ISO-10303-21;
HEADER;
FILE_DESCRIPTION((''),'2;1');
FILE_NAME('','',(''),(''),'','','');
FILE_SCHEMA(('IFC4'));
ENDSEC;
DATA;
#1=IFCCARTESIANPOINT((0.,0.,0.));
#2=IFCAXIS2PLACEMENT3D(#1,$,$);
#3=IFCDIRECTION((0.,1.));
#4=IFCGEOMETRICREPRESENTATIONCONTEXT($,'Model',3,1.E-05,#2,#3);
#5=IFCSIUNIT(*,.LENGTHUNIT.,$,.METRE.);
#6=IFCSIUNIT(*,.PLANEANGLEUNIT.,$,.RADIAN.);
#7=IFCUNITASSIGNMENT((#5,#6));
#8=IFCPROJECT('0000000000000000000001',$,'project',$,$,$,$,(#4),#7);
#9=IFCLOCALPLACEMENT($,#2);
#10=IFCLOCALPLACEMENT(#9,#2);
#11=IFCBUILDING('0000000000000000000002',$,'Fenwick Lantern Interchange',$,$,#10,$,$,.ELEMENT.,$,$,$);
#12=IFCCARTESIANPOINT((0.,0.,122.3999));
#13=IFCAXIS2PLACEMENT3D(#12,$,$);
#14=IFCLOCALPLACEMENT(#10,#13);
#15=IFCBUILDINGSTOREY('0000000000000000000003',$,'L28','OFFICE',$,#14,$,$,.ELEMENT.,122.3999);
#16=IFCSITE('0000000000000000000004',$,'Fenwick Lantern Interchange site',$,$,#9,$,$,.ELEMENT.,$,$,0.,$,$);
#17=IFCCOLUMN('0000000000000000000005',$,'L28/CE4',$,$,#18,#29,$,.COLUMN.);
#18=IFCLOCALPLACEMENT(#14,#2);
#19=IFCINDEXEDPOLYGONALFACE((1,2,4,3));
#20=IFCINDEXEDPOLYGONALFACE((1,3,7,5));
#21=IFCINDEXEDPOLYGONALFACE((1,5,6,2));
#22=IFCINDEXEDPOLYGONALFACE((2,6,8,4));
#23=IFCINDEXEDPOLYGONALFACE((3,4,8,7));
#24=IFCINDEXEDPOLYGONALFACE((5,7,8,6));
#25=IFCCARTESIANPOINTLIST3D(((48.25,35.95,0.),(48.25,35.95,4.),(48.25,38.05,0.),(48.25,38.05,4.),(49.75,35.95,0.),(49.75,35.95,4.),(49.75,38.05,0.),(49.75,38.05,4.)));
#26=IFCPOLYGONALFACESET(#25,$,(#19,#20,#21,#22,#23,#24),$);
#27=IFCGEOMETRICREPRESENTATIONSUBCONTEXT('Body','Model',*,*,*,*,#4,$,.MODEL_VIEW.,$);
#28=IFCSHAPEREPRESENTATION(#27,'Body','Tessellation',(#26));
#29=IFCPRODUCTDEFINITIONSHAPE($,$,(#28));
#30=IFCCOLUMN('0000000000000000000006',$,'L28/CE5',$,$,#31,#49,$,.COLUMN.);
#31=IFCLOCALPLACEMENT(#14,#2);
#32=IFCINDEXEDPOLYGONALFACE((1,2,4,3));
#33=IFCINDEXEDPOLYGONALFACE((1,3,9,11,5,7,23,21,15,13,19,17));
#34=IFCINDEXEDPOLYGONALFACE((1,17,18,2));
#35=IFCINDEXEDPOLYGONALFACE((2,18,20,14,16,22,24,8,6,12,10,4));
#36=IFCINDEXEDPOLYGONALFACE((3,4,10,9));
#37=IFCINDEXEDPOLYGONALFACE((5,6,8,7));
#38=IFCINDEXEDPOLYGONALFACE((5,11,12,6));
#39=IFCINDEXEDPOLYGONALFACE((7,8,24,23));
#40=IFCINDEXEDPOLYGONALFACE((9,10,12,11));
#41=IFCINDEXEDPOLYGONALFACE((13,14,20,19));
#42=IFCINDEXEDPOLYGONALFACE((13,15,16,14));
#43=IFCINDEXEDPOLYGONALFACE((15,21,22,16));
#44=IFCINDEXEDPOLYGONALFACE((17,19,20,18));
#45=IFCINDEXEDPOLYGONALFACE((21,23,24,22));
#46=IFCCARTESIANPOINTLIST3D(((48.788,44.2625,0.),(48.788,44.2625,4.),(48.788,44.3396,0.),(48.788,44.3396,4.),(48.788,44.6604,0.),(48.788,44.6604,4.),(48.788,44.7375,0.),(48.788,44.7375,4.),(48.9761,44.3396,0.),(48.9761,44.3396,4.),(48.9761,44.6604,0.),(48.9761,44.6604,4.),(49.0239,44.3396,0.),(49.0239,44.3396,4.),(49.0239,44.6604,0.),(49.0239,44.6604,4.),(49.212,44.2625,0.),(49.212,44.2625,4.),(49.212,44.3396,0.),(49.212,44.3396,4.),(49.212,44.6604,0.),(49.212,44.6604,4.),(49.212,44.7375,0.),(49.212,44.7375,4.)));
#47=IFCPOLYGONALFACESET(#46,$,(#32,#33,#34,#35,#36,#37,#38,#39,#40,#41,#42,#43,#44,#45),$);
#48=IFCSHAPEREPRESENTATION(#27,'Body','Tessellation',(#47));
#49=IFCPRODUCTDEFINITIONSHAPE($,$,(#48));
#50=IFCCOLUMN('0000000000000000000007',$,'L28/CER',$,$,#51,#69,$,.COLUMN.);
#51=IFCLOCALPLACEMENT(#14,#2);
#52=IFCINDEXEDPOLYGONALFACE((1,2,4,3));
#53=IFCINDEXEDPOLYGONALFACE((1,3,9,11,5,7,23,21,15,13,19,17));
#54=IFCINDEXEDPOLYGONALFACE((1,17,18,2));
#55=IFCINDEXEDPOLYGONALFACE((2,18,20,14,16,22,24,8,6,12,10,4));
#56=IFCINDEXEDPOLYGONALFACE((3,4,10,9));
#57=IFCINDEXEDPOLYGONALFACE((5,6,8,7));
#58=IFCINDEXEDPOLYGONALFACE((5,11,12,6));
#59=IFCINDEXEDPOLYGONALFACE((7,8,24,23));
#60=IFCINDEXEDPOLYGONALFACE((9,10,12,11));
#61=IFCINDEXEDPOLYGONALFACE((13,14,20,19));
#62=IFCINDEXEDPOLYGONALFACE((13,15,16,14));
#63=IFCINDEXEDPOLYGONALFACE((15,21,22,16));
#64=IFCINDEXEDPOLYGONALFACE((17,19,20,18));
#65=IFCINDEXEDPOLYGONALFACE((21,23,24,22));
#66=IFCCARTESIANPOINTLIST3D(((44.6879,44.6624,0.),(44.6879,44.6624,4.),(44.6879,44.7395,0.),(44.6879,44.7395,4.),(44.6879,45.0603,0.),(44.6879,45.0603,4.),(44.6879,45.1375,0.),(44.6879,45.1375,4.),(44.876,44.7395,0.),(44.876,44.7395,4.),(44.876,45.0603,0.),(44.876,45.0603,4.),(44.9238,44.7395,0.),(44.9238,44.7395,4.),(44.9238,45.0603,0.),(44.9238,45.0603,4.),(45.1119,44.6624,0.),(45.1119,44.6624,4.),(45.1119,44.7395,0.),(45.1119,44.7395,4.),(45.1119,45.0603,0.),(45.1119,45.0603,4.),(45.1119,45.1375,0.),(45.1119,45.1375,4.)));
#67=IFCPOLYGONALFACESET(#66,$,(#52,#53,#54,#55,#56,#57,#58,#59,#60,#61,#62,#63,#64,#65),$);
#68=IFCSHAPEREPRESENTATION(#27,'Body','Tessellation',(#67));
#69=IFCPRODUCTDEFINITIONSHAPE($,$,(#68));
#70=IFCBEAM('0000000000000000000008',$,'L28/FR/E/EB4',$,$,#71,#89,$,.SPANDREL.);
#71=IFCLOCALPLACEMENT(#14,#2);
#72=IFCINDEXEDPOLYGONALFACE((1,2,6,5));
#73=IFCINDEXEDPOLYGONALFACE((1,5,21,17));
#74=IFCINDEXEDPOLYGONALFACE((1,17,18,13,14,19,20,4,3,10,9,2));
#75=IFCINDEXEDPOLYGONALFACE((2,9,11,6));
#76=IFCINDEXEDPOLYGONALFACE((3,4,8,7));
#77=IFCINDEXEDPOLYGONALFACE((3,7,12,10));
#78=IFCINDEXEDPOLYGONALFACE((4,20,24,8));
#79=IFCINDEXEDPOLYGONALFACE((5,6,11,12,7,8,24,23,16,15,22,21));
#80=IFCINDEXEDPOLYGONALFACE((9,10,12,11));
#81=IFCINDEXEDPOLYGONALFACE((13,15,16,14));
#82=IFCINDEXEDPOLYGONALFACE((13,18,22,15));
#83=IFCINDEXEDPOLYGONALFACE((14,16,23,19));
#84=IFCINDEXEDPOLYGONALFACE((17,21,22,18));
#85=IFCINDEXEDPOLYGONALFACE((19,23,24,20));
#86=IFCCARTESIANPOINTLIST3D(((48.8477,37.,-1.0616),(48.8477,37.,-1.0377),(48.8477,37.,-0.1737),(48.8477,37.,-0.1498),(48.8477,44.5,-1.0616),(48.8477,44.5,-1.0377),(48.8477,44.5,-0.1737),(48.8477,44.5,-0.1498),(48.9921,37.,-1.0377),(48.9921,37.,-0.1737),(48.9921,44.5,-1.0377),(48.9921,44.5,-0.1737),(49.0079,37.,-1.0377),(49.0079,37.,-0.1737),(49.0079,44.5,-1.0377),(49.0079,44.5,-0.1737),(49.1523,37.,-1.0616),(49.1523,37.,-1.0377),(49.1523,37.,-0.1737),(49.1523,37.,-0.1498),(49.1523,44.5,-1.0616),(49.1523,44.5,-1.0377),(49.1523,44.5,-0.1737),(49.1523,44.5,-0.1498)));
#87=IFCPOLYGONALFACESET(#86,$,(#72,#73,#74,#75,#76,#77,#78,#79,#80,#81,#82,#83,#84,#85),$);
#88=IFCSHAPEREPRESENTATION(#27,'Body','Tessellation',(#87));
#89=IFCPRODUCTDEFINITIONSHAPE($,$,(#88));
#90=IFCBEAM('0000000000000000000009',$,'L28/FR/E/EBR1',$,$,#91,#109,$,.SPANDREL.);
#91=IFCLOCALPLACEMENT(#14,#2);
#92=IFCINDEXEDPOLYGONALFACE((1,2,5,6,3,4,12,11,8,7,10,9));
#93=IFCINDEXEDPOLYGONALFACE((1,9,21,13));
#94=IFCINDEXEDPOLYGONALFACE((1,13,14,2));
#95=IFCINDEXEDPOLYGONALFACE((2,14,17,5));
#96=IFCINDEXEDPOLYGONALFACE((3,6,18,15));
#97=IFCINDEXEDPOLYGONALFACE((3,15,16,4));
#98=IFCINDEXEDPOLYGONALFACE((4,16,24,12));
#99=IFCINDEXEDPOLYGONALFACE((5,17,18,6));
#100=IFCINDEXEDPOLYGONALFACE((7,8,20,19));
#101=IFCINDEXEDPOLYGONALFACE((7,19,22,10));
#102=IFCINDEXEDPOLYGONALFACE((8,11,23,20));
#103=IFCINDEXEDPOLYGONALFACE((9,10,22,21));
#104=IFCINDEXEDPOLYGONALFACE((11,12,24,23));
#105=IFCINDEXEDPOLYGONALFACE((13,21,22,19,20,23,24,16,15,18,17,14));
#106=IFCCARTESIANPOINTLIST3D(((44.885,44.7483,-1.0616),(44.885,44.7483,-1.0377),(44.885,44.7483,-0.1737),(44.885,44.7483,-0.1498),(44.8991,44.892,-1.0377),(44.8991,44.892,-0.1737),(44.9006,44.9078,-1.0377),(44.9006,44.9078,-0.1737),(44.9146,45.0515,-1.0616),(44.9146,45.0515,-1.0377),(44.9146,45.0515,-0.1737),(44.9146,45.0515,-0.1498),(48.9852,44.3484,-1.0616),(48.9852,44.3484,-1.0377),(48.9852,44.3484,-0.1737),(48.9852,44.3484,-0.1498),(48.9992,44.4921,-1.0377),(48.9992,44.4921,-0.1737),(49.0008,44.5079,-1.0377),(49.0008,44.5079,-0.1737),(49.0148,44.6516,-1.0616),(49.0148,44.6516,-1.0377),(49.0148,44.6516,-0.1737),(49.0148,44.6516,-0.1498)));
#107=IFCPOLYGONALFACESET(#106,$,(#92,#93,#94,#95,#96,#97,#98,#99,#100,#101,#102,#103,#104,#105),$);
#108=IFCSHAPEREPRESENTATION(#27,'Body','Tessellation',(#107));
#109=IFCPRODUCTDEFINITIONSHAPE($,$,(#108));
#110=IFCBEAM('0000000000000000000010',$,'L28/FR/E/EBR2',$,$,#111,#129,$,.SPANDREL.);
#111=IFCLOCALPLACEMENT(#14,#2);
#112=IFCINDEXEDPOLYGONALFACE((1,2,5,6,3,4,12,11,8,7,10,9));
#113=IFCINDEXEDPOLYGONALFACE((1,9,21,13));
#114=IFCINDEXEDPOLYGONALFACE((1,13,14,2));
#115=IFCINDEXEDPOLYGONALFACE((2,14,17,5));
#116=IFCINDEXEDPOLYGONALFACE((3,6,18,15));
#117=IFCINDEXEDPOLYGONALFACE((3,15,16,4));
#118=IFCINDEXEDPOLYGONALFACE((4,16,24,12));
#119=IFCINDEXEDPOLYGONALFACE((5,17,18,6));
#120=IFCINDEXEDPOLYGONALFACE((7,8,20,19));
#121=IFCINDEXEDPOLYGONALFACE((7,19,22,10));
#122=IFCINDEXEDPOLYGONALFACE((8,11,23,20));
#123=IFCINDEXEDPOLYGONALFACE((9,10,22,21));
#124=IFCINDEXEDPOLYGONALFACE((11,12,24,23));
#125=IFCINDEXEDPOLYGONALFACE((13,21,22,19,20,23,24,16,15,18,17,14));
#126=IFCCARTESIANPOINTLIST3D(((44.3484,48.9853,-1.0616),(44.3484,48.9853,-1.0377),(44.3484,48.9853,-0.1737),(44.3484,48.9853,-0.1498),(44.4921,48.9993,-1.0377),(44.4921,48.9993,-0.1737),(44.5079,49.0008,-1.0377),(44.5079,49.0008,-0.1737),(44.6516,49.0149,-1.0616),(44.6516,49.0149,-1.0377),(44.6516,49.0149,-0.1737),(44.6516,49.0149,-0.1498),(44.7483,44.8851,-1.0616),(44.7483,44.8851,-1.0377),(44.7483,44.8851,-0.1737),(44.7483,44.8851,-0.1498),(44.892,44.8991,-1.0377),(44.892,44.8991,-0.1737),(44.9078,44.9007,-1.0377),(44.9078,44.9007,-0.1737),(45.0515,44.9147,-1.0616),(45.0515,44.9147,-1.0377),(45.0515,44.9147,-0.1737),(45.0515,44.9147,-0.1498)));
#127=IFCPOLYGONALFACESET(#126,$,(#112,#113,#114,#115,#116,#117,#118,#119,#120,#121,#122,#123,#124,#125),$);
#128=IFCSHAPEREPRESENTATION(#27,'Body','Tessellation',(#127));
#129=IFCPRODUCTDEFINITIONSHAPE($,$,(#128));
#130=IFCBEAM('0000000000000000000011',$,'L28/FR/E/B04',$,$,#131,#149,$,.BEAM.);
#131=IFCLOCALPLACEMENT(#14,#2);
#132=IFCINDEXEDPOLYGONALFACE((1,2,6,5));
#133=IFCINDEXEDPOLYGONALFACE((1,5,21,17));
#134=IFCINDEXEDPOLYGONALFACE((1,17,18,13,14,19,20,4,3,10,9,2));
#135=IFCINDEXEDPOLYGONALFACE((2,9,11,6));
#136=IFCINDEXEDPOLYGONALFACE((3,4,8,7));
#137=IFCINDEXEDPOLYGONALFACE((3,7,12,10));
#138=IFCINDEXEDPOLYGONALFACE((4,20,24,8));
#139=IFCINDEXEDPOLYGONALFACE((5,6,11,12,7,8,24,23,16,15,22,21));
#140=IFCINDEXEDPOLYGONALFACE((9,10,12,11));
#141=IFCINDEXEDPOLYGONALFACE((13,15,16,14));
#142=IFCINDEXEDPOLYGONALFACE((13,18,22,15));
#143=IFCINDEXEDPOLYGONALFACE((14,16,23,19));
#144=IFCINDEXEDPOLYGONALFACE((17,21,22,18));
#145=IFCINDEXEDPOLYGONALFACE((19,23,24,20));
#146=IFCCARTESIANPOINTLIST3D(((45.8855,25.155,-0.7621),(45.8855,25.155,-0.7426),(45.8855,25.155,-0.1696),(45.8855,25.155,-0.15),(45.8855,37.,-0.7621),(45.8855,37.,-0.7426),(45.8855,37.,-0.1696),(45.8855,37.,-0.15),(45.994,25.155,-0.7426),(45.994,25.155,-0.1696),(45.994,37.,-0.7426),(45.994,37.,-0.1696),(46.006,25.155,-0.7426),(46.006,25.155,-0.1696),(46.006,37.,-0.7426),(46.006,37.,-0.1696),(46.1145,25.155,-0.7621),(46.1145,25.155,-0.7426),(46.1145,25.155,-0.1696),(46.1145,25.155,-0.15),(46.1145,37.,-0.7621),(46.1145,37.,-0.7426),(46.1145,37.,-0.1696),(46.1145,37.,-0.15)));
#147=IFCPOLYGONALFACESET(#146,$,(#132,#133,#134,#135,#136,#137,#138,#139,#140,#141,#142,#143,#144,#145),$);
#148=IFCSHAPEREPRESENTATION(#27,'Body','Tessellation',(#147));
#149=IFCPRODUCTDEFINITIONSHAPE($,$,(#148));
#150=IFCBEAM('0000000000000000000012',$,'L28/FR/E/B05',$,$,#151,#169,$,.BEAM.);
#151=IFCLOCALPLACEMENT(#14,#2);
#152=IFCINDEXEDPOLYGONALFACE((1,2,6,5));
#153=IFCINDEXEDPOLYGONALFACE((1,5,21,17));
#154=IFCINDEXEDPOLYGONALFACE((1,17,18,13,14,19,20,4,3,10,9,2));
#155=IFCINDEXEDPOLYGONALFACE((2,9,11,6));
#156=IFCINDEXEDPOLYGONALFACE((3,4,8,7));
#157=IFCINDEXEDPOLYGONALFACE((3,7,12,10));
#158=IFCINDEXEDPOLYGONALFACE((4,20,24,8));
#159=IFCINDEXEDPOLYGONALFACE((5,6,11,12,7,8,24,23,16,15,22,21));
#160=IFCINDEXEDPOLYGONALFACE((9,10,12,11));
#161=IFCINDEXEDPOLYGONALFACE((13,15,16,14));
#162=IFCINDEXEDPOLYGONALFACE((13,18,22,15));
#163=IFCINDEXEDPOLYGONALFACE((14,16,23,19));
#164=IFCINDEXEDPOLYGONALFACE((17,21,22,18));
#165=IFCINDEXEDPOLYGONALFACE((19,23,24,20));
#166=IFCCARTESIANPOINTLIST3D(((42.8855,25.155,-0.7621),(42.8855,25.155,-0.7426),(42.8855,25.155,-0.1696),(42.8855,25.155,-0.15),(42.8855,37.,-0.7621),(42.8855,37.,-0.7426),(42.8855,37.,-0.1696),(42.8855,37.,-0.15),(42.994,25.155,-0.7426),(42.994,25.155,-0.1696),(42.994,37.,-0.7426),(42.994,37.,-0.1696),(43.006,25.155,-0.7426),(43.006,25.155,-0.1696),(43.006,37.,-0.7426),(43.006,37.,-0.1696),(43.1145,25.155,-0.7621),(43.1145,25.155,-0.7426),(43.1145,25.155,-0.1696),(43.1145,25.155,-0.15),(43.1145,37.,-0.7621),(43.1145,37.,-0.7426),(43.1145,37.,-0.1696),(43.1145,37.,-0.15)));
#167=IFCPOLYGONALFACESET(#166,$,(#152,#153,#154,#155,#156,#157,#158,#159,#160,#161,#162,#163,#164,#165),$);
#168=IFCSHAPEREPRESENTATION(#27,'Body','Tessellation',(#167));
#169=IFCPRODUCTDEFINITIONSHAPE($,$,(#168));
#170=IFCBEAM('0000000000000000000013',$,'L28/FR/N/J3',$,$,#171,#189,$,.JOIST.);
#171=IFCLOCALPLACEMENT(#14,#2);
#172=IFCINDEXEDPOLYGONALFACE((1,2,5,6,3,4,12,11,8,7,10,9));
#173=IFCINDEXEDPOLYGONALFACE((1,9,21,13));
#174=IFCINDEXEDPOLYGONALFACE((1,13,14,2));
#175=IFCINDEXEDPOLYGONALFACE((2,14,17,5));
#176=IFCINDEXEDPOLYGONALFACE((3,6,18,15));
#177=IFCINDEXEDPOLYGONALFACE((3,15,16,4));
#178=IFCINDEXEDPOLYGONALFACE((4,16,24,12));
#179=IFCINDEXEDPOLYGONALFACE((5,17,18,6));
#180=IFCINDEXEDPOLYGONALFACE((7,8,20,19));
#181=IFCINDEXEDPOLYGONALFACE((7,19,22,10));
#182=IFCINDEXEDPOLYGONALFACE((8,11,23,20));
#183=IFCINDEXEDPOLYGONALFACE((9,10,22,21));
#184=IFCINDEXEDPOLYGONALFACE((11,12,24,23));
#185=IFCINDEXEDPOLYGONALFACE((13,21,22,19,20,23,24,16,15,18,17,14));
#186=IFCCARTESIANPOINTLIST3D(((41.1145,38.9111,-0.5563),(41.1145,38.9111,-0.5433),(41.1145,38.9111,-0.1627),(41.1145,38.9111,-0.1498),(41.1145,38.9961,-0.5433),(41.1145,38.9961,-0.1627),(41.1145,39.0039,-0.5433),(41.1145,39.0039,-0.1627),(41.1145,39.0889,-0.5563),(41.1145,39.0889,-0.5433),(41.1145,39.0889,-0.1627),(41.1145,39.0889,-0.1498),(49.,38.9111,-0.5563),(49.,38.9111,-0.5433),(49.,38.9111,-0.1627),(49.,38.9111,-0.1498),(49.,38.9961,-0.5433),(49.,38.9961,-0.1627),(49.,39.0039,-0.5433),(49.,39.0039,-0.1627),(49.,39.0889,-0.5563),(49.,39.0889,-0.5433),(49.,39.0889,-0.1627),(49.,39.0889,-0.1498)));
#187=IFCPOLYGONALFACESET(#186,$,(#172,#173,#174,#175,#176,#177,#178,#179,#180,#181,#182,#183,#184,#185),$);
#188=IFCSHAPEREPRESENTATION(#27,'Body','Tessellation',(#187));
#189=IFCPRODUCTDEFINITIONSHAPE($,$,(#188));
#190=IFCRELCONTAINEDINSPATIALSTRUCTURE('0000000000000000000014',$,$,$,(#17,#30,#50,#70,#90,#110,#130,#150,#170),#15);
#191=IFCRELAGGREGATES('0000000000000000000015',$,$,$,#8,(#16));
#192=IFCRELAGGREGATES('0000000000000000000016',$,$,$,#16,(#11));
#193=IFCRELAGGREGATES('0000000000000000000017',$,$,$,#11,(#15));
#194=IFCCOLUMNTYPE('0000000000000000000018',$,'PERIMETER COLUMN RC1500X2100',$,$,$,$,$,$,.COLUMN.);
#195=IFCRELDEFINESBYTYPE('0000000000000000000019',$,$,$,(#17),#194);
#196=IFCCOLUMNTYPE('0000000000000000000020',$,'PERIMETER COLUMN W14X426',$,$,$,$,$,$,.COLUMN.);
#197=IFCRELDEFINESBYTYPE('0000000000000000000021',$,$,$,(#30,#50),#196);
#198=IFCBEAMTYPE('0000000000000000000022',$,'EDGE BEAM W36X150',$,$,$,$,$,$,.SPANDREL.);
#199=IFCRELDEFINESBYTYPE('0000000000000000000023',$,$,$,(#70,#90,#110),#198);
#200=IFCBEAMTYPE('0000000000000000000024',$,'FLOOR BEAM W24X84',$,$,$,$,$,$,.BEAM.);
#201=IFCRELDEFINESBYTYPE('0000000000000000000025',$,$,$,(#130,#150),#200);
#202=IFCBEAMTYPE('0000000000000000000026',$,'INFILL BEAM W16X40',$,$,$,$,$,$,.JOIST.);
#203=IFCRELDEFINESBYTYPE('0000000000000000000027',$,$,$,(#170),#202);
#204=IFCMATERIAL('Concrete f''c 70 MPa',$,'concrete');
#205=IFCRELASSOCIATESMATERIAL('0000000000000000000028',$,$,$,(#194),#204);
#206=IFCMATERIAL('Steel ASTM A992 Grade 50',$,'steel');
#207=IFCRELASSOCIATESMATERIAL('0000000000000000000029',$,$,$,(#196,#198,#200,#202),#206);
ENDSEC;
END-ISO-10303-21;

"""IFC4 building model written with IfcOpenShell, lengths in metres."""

from ifc_helpers import new_model, si_unit, direction, frame, origin, origin_2d, place, context, subcontext, project, spatial, rectangle, i_section, extrude, material, material_profile, profile_set, type_object, element, save


model = new_model("IFC4")

# Units and contexts
model_context = context("Model", 3, precision=1e-05, world=origin(), true_north=direction((0.0, 1.0)))
body_context = subcontext(model_context, "Body", "Model", "MODEL_VIEW")
ifc_project = project(units=[si_unit("LENGTHUNIT", "METRE"), si_unit("PLANEANGLEUNIT", "RADIAN")], contexts=[model_context])

# Site, building, storey
site_placement = place(None, origin())
site = spatial("IfcSite", under=ifc_project, at=site_placement, Name="Fenwick Lantern Interchange site", CompositionType="ELEMENT", RefElevation=0.0)
building_placement = place(site_placement, origin())
building = spatial("IfcBuilding", under=site, at=building_placement, Name="Fenwick Lantern Interchange", CompositionType="ELEMENT")
storey_placement = place(building_placement, frame((0.0, 0.0, 122.3999)))
storey = spatial("IfcBuildingStorey", under=building, at=storey_placement, Name="L28", Description="OFFICE", CompositionType="ELEMENT", Elevation=122.3999)

# Columns
ifc_material_1 = material(Name="Concrete f'c 70 MPa", Category="concrete")
ifc_material_profile_1 = material_profile(ifc_material_1, rectangle(XDim=1.5, YDim=2.1001, at=origin_2d()), Name="RC1500X2100")
ifc_profile_set_1 = profile_set([ifc_material_profile_1], Name="Concrete f'c 70 MPa")
column_type_1 = type_object("IfcColumnType", Name="PERIMETER COLUMN RC1500X2100", PredefinedType="COLUMN", material=ifc_profile_set_1)
column_placement = place(storey_placement, frame((49.0, 37.0, 0.0), z_axis=(0.0, 0.0, 1.0), x_axis=(1.0, 0.0, 0.0)))
element("IfcColumn", 1, at=column_placement, inside=storey, type_object=column_type_1, Name="L28/CE4", PredefinedType="COLUMN", context=body_context, shape_type="SweptSolid", body=[
    extrude(rectangle(XDim=1.5, YDim=2.1001, at=origin_2d()), origin(), (0.0, 0.0, 1.0), 4.0),
])
ifc_material_2 = material(Name="Steel ASTM A992 Grade 50", Category="steel")
ifc_material_profile_2 = material_profile(ifc_material_2, i_section(OverallWidth=0.4241, OverallDepth=0.4751, WebThickness=0.0479, FlangeThickness=0.0771, at=origin_2d()), Name="W14X426")
ifc_profile_set_2 = profile_set([ifc_material_profile_2], Name="Steel ASTM A992 Grade 50")
column_type_2 = type_object("IfcColumnType", Name="PERIMETER COLUMN W14X426", PredefinedType="COLUMN", material=ifc_profile_set_2)
for number, where, z_axis, x_axis, name in (
    (2, (49.0, 44.5, 0.0), (0.0, 0.0, 1.0), (1.0, 0.0, 0.0), "L28/CE5"),
    (3, (44.8999, 44.8999, 0.0), (0.0, 0.0, 1.0), (1.0, 0.0, 0.0), "L28/CER"),
):
    element("IfcColumn", number, at=place(storey_placement, frame(where, z_axis=z_axis, x_axis=x_axis)), inside=storey, type_object=column_type_2, Name=name, PredefinedType="COLUMN", context=body_context, shape_type="SweptSolid", body=[
        extrude(i_section(OverallWidth=0.4241, OverallDepth=0.4751, WebThickness=0.0479, FlangeThickness=0.0771, at=origin_2d()), origin(), (0.0, 0.0, 1.0), 4.0),
    ])

# Beams
ifc_material_profile_3 = material_profile(ifc_material_2, i_section(OverallWidth=0.3047, OverallDepth=0.9119, WebThickness=0.0159, FlangeThickness=0.0239, at=origin_2d()), Name="W36X150")
ifc_profile_set_3 = profile_set([ifc_material_profile_3], Name="Steel ASTM A992 Grade 50")
beam_type_1 = type_object("IfcBeamType", Name="EDGE BEAM W36X150", PredefinedType="SPANDREL", material=ifc_profile_set_3)
beam_1_placement = place(storey_placement, frame((49.0, 37.0, -0.6057), z_axis=(0.0, 1.0, 0.0), x_axis=(-1.0, 0.0, 0.0)))
element("IfcBeam", 4, at=beam_1_placement, inside=storey, type_object=beam_type_1, Name="L28/FR/E/EB4", PredefinedType="SPANDREL", context=body_context, shape_type="SweptSolid", body=[
    extrude(i_section(OverallWidth=0.3047, OverallDepth=0.9119, WebThickness=0.0159, FlangeThickness=0.0239, at=origin_2d()), origin(), (0.0, 0.0, 1.0), 7.5),
])
for number, where, z_axis, x_axis, name in (
    (5, (49.0, 44.5, -0.6057), (-0.995277, 0.097074, 0.0), (-0.097074, -0.995277, 0.0), "L28/FR/E/EBR1"),
    (6, (44.8999, 44.8999, -0.6057), (-0.097074, 0.995277, 0.0), (-0.995277, -0.097074, 0.0), "L28/FR/E/EBR2"),
):
    element("IfcBeam", number, at=place(storey_placement, frame(where, z_axis=z_axis, x_axis=x_axis)), inside=storey, type_object=beam_type_1, Name=name, PredefinedType="SPANDREL", context=body_context, shape_type="SweptSolid", body=[
        extrude(i_section(OverallWidth=0.3047, OverallDepth=0.9119, WebThickness=0.0159, FlangeThickness=0.0239, at=origin_2d()), origin(), (0.0, 0.0, 1.0), 4.1196),
    ])
ifc_material_profile_4 = material_profile(ifc_material_2, i_section(OverallWidth=0.229, OverallDepth=0.6121, WebThickness=0.012, FlangeThickness=0.0195, at=origin_2d()), Name="W24X84")
ifc_profile_set_4 = profile_set([ifc_material_profile_4], Name="Steel ASTM A992 Grade 50")
beam_type_2 = type_object("IfcBeamType", Name="FLOOR BEAM W24X84", PredefinedType="BEAM", material=ifc_profile_set_4)
for number, where, z_axis, x_axis, name in (
    (7, (46.0, 25.155, -0.4561), (0.0, 1.0, 0.0), (-1.0, 0.0, 0.0), "L28/FR/E/B04"),
    (8, (43.0, 25.155, -0.4561), (0.0, 1.0, 0.0), (-1.0, 0.0, 0.0), "L28/FR/E/B05"),
):
    element("IfcBeam", number, at=place(storey_placement, frame(where, z_axis=z_axis, x_axis=x_axis)), inside=storey, type_object=beam_type_2, Name=name, PredefinedType="BEAM", context=body_context, shape_type="SweptSolid", body=[
        extrude(i_section(OverallWidth=0.229, OverallDepth=0.6121, WebThickness=0.012, FlangeThickness=0.0195, at=origin_2d()), origin(), (0.0, 0.0, 1.0), 11.845),
    ])
ifc_material_profile_5 = material_profile(ifc_material_2, i_section(OverallWidth=0.1777, OverallDepth=0.4065, WebThickness=0.0078, FlangeThickness=0.0129, at=origin_2d()), Name="W16X40")
ifc_profile_set_5 = profile_set([ifc_material_profile_5], Name="Steel ASTM A992 Grade 50")
beam_type_3 = type_object("IfcBeamType", Name="INFILL BEAM W16X40", PredefinedType="JOIST", material=ifc_profile_set_5)
beam_2_placement = place(storey_placement, frame((49.0, 39.0, -0.353), z_axis=(-1.0, 0.0, 0.0), x_axis=(0.0, -1.0, 0.0)))
element("IfcBeam", 9, at=beam_2_placement, inside=storey, type_object=beam_type_3, Name="L28/FR/N/J3", PredefinedType="JOIST", context=body_context, shape_type="SweptSolid", body=[
    extrude(i_section(OverallWidth=0.1777, OverallDepth=0.4065, WebThickness=0.0078, FlangeThickness=0.0129, at=origin_2d()), origin(), (0.0, 0.0, 1.0), 7.8855),
])

save(model, "model.ifc")
